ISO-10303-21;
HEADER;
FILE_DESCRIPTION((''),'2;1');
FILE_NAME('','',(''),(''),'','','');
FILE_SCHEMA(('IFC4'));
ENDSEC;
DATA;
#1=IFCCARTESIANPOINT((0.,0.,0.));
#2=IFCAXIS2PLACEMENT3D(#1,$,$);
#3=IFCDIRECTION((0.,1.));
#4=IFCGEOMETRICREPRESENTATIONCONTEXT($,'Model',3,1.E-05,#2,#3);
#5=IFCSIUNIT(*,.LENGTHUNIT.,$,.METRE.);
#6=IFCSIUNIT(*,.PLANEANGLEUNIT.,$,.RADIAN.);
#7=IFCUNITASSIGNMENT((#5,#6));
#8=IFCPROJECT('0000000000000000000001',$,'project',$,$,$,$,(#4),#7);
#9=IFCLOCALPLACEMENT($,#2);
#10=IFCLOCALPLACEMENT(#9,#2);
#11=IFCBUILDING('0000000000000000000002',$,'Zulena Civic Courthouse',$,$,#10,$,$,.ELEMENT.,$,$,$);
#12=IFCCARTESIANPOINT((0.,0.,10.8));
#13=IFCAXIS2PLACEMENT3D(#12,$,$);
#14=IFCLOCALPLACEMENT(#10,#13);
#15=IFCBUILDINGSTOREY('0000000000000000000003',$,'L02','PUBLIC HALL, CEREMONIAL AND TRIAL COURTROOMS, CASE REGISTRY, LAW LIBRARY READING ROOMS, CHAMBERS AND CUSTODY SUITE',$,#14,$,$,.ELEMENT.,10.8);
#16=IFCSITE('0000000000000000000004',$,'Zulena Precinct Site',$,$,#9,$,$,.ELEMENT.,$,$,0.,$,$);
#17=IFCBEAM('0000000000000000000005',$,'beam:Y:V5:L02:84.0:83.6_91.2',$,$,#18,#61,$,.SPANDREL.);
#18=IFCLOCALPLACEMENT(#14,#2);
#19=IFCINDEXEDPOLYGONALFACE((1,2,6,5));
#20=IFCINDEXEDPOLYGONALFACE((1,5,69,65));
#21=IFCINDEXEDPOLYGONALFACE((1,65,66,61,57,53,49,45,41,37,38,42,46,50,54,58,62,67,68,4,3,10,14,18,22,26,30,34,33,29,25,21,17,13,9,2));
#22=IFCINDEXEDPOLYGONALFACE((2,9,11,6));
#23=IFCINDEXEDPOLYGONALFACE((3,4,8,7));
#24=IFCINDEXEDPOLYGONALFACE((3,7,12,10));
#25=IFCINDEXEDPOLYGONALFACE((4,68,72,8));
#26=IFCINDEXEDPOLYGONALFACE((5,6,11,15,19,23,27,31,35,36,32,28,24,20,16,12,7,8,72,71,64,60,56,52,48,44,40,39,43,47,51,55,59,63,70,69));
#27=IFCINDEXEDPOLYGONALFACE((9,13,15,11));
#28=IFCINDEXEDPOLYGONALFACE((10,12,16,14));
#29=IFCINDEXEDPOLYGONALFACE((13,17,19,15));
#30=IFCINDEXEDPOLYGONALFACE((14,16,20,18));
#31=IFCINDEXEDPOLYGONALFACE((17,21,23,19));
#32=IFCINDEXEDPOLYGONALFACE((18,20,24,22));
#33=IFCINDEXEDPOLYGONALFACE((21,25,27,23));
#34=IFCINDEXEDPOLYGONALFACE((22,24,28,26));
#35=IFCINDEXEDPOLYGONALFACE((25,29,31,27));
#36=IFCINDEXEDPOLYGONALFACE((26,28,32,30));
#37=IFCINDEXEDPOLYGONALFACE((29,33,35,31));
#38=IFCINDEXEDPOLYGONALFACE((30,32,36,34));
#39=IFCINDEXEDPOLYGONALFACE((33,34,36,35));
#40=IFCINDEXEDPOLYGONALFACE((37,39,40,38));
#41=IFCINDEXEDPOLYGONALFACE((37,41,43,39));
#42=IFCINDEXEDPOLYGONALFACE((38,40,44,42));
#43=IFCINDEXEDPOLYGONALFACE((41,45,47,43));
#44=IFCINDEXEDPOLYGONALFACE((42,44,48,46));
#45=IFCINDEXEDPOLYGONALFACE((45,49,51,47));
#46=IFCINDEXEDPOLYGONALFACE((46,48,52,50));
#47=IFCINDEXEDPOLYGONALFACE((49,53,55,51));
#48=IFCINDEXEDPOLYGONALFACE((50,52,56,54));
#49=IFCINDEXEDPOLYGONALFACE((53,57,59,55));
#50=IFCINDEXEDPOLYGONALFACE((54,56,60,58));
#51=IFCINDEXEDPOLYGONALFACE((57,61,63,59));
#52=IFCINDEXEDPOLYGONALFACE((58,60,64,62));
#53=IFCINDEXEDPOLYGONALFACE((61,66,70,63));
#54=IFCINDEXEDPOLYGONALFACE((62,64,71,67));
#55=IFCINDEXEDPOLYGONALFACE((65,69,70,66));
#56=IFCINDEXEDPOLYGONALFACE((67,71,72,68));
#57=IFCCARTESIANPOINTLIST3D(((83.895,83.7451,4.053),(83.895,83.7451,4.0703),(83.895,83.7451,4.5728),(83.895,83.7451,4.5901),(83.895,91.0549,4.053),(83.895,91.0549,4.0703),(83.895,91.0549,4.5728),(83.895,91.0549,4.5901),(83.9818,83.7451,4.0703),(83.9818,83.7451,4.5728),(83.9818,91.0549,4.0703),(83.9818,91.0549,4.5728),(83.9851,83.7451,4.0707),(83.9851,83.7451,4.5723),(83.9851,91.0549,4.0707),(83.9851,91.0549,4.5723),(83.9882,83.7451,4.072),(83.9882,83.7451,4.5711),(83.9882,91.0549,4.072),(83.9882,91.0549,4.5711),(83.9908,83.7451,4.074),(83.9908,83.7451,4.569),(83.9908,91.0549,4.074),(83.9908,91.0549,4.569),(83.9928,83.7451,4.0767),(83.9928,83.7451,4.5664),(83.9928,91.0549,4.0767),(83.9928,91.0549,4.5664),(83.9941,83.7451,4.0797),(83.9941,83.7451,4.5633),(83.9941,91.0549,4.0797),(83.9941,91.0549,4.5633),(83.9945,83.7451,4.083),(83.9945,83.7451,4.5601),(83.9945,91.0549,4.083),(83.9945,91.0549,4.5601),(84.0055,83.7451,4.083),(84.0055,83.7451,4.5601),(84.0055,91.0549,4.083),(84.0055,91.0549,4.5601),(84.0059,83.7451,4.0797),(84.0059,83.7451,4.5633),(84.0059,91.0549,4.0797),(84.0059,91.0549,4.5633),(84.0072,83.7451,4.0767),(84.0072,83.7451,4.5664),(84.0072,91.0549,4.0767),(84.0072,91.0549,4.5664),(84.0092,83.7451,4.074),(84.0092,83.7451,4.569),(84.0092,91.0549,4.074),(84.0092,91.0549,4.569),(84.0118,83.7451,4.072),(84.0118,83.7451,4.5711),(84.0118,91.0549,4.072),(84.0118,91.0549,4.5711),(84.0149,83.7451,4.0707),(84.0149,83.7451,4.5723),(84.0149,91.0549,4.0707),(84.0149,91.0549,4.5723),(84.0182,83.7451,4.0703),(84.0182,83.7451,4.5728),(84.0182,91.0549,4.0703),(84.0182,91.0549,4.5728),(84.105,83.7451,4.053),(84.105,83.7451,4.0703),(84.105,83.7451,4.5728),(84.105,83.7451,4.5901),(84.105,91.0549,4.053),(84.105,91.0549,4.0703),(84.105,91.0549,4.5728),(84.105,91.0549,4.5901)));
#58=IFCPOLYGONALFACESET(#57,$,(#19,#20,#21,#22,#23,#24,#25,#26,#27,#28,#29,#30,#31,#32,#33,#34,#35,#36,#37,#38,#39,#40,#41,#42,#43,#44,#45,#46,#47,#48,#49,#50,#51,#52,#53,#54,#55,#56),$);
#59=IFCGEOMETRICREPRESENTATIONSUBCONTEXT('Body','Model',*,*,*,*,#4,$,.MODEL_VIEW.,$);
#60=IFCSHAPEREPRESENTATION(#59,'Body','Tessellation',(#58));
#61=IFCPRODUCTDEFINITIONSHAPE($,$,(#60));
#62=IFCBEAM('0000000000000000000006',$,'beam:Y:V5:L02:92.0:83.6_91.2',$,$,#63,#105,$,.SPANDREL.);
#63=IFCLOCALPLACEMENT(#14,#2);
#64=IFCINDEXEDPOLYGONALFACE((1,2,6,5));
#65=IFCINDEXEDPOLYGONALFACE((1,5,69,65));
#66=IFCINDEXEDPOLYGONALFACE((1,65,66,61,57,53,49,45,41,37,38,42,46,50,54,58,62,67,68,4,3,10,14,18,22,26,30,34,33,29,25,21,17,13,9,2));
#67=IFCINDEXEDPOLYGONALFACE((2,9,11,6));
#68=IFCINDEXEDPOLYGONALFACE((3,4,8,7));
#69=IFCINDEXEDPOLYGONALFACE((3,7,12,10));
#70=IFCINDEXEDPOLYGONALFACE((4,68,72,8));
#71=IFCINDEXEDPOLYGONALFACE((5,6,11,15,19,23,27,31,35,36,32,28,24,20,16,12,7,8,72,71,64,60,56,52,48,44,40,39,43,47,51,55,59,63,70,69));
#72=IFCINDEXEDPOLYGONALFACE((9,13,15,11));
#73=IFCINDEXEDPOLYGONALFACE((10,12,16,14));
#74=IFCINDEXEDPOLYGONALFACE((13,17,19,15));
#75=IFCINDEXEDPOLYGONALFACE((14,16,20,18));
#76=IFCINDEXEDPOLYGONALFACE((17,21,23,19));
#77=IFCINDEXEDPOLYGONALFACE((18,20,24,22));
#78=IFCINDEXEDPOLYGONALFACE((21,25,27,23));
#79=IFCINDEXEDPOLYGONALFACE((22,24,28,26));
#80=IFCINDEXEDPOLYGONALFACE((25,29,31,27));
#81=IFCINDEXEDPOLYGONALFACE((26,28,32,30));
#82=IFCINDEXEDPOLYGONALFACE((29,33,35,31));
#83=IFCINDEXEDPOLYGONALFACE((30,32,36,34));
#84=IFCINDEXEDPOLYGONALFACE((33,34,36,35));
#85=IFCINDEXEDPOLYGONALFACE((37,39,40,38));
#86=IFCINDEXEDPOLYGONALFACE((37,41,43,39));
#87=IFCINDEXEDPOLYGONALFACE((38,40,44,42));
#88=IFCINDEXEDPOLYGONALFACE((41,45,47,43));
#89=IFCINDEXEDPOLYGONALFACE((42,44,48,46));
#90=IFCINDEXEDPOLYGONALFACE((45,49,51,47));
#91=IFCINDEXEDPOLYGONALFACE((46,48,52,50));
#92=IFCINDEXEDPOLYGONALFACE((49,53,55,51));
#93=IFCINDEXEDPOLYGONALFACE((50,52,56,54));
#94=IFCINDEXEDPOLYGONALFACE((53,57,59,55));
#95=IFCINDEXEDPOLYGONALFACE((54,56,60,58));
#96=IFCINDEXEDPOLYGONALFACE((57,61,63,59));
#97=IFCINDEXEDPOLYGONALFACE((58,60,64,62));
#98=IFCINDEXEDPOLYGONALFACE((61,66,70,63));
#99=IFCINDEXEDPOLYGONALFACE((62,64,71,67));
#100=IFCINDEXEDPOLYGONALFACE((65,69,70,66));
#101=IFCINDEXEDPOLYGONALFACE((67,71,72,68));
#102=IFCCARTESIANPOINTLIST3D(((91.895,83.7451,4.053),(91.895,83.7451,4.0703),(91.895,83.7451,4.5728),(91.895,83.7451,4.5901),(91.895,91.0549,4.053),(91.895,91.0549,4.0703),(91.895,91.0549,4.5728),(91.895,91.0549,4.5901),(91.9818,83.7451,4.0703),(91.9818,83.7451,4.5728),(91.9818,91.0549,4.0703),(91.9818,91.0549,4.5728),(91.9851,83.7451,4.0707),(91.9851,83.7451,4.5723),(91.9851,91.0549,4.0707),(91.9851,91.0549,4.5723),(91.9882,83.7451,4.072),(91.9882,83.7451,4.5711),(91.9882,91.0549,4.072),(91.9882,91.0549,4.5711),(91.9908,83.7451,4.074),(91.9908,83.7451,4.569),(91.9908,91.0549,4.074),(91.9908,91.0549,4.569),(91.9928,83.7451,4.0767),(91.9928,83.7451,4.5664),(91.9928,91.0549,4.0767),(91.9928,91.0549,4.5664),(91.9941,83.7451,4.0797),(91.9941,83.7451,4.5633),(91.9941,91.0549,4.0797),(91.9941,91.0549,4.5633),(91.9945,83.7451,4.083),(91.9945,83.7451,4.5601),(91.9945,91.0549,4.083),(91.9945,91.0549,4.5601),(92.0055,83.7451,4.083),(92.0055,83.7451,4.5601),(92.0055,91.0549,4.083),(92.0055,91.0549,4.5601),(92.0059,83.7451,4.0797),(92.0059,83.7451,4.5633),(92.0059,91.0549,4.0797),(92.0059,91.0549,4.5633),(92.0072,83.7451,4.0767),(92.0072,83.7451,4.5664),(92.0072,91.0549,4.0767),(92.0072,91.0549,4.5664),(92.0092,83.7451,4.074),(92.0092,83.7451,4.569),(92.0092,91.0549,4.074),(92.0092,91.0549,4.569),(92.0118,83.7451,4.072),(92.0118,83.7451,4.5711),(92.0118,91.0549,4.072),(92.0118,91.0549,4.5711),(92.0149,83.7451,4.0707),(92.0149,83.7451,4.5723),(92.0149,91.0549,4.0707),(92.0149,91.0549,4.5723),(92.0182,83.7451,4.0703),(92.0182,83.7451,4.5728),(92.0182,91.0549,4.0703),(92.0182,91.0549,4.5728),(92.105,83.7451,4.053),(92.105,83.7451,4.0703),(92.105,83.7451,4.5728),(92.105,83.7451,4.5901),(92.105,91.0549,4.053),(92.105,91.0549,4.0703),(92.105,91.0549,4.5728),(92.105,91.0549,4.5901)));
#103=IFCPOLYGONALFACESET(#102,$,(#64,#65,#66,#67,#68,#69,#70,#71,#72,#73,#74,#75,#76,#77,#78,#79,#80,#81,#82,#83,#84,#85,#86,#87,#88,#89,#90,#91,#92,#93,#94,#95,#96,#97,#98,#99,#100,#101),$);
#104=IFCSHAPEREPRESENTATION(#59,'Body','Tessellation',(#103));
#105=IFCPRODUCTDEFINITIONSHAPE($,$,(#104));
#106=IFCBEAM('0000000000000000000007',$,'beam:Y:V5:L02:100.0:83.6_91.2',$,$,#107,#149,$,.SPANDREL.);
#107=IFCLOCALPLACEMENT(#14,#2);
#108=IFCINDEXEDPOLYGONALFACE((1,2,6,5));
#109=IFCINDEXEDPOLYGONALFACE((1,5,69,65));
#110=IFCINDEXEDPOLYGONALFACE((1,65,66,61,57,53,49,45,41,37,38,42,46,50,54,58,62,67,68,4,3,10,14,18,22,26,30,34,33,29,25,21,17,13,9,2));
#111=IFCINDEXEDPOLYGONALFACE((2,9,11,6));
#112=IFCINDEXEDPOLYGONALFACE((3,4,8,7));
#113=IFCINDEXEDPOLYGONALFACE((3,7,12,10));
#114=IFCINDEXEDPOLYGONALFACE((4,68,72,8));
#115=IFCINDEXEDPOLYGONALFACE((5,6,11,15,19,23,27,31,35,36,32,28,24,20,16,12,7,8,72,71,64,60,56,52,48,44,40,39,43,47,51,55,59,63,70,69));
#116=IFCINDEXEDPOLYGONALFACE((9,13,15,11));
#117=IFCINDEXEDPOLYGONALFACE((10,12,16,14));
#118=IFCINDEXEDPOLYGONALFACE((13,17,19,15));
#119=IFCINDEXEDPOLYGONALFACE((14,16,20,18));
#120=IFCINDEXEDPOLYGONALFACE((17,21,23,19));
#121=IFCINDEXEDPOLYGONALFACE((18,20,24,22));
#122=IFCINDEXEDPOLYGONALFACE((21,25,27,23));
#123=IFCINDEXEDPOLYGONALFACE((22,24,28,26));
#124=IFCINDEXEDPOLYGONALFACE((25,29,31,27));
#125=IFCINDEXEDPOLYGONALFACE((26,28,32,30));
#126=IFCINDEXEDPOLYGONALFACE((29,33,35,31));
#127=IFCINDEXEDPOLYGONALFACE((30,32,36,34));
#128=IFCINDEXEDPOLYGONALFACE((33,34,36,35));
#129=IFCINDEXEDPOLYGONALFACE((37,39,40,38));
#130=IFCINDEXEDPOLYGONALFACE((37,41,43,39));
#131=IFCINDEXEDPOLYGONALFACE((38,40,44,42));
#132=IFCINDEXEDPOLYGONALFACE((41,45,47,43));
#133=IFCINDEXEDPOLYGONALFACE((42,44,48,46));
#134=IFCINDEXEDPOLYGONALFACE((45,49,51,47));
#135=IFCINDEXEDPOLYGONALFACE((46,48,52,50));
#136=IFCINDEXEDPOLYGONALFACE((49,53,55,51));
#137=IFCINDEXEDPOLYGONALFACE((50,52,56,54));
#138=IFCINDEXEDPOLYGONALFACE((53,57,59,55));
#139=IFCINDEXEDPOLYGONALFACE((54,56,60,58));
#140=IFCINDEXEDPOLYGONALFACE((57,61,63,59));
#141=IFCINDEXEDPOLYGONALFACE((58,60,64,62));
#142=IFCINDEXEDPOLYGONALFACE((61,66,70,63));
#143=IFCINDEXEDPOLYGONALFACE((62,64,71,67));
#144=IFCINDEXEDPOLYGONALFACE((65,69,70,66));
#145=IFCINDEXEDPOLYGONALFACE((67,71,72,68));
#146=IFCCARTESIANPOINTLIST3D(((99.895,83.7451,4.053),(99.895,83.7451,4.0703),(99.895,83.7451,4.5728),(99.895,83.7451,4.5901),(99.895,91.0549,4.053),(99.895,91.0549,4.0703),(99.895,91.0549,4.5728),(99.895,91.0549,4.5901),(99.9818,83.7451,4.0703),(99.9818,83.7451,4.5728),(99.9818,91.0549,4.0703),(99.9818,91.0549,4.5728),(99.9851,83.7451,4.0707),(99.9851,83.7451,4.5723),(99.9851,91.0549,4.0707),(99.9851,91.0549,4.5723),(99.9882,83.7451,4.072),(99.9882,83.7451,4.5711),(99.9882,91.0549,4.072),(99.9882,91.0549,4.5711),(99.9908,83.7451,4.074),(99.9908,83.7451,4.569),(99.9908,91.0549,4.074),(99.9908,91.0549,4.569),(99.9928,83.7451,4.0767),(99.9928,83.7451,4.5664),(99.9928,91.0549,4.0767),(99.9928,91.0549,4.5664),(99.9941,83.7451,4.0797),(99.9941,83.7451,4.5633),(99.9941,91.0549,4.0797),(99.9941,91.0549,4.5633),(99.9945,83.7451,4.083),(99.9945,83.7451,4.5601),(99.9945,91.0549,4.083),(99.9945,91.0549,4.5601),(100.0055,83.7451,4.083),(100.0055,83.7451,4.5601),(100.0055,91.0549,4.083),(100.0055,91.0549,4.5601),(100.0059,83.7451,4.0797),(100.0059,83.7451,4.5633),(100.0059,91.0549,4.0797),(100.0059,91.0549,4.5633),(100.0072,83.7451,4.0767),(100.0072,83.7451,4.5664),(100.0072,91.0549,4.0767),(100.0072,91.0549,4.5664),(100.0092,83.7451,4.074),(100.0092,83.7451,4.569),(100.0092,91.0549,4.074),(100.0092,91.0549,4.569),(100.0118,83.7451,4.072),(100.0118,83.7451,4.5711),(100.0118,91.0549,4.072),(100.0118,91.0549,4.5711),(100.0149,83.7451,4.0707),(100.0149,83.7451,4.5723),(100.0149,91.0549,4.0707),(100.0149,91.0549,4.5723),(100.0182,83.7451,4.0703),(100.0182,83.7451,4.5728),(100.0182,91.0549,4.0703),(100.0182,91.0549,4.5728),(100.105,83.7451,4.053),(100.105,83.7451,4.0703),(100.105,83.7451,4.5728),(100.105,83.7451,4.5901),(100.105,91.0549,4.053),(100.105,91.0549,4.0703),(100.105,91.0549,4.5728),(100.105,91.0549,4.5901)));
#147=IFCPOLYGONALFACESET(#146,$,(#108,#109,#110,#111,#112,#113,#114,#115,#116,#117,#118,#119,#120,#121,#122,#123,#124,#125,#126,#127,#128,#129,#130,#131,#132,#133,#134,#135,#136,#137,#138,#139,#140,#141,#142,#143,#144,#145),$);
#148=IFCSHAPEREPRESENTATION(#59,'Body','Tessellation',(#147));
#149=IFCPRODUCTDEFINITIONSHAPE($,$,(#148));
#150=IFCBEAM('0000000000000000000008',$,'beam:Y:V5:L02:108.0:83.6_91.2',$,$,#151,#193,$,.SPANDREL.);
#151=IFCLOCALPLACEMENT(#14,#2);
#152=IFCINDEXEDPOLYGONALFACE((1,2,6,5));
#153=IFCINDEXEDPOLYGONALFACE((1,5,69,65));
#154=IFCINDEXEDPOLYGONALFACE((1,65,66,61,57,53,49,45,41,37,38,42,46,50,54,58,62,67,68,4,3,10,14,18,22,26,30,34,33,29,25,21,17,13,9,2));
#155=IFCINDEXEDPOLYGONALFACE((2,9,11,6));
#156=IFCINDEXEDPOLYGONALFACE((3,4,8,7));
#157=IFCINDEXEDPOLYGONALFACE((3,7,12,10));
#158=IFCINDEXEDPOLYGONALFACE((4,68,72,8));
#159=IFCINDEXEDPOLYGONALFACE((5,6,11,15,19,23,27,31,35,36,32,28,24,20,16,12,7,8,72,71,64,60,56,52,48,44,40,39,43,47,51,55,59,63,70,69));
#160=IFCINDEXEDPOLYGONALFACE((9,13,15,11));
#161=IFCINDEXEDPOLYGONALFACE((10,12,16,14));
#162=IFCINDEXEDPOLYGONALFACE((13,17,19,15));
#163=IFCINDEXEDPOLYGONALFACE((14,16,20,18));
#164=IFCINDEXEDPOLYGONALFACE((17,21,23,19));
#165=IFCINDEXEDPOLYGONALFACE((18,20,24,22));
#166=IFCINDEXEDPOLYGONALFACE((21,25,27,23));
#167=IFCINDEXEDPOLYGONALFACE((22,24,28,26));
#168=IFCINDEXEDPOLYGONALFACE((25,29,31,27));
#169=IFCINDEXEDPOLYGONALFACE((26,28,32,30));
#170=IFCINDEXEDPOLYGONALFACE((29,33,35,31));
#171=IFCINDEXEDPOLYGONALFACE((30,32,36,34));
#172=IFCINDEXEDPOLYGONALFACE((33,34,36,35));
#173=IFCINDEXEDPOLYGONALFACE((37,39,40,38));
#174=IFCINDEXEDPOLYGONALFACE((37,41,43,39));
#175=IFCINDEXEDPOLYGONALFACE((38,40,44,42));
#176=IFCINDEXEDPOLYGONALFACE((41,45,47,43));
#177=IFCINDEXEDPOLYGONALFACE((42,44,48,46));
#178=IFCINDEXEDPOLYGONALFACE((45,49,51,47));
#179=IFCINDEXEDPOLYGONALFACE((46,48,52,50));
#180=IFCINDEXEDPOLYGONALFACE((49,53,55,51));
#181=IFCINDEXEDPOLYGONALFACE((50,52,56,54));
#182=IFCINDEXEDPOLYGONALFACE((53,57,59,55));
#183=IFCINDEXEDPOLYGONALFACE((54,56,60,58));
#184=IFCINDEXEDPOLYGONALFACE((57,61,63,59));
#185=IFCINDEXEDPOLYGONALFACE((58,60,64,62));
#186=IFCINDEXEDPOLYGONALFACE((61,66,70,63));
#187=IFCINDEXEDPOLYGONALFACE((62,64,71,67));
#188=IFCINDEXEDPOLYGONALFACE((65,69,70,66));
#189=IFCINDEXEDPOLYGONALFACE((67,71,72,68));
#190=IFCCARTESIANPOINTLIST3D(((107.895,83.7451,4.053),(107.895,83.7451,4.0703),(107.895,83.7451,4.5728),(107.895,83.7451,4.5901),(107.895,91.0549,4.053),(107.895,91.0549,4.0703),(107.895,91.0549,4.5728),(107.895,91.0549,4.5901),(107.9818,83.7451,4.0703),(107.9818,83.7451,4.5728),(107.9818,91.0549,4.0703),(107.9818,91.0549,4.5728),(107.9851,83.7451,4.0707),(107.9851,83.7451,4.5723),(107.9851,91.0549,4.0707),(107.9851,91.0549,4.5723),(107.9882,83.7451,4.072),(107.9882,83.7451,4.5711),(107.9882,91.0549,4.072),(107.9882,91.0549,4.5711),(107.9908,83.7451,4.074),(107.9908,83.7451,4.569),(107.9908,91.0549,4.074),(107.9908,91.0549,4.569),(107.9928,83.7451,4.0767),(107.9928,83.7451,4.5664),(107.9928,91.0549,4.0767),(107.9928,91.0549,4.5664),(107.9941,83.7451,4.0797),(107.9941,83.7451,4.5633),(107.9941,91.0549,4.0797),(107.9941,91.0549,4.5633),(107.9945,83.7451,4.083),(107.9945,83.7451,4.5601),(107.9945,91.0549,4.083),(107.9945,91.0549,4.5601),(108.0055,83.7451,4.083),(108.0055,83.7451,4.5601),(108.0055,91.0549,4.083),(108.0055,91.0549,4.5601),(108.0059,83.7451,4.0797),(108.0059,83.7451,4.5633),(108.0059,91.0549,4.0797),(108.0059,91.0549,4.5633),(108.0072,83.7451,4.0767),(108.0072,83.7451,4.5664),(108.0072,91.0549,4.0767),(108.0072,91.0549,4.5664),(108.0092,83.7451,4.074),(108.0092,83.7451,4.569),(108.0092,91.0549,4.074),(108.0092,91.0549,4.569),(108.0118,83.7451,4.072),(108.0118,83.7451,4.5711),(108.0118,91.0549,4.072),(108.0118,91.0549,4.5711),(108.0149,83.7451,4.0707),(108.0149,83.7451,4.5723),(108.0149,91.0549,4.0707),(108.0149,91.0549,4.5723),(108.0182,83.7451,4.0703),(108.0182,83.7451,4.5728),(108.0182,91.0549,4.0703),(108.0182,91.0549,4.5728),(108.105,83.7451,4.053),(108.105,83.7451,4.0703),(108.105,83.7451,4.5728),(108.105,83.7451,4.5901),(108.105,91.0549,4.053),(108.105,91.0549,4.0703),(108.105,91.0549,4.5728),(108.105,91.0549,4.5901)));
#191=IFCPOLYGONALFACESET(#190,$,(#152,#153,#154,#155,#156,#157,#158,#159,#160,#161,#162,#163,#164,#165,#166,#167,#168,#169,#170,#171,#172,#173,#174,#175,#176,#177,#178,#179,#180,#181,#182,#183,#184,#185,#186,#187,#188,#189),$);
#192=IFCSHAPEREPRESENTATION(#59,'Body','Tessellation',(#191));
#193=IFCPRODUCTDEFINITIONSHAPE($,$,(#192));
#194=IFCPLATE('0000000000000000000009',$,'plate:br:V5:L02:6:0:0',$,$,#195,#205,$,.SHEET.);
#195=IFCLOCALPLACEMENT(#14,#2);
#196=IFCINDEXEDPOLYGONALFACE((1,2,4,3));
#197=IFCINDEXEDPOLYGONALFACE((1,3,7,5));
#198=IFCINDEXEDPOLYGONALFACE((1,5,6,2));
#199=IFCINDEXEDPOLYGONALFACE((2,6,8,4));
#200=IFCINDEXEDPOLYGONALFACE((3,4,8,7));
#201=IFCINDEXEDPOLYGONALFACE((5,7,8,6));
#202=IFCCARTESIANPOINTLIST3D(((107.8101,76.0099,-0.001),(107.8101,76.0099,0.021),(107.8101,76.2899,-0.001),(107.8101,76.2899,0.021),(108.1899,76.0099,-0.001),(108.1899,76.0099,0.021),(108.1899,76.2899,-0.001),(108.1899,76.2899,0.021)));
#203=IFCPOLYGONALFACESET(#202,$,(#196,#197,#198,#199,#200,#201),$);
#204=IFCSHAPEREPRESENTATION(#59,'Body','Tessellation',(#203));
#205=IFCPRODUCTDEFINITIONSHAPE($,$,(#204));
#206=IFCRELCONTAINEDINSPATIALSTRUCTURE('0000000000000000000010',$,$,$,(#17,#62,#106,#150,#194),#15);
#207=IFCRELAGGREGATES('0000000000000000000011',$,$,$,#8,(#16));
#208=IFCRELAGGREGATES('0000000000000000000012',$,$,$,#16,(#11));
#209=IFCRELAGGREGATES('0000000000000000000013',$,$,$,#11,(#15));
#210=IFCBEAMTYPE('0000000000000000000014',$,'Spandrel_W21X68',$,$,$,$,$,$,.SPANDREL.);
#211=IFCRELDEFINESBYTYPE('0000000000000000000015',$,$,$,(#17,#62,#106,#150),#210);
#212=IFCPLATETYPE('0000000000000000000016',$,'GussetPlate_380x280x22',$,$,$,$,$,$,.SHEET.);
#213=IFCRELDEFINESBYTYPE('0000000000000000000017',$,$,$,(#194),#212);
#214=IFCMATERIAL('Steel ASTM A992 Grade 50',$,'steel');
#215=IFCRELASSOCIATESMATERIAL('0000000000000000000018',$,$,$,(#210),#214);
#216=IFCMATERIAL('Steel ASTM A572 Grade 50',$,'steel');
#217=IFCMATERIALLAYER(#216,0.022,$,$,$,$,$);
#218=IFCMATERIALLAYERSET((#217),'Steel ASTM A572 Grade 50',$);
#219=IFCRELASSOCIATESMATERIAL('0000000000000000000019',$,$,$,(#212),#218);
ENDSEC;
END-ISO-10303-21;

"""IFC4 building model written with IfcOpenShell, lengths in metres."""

from ifc_helpers import new_model, si_unit, direction, frame, origin, origin_2d, place, context, subcontext, project, spatial, rectangle, i_section, extrude, material, layer, layer_set, material_profile, profile_set, type_object, element, save


model = new_model("IFC4")

# Units and contexts
model_context = context("Model", 3, precision=1e-05, world=origin(), true_north=direction((0.0, 1.0)))
body_context = subcontext(model_context, "Body", "Model", "MODEL_VIEW")
ifc_project = project(units=[si_unit("LENGTHUNIT", "METRE"), si_unit("PLANEANGLEUNIT", "RADIAN")], contexts=[model_context])

# Site, building, storey
site_placement = place(None, origin())
site = spatial("IfcSite", under=ifc_project, at=site_placement, Name="Zulena Precinct Site", CompositionType="ELEMENT", RefElevation=0.0)
building_placement = place(site_placement, origin())
building = spatial("IfcBuilding", under=site, at=building_placement, Name="Zulena Civic Courthouse", CompositionType="ELEMENT")
storey_placement = place(building_placement, frame((0.0, 0.0, 10.8)))
storey = spatial("IfcBuildingStorey", under=building, at=storey_placement, Name="L02", Description="PUBLIC HALL, CEREMONIAL AND TRIAL COURTROOMS, CASE REGISTRY, LAW LIBRARY READING ROOMS, CHAMBERS AND CUSTODY SUITE", CompositionType="ELEMENT", Elevation=10.8)

# Shared definitions
ifc_material_1 = material(Name="Steel ASTM A992 Grade 50", Category="steel")

# Beams
ifc_material_profile_1 = material_profile(ifc_material_1, i_section(OverallWidth=0.21, OverallDepth=0.5371, WebThickness=0.011, FlangeThickness=0.0173, FilletRadius=0.0127, at=origin_2d()), Name="W21X68")
ifc_profile_set_1 = profile_set([ifc_material_profile_1], Name="Steel ASTM A992 Grade 50")
beam_type_1 = type_object("IfcBeamType", Name="Spandrel_W21X68", PredefinedType="SPANDREL", material=ifc_profile_set_1)
for number, where, z_axis, x_axis, name in (
    (1, (84.0, 83.7451, 4.3215), (0.0, 1.0, 0.0), (-1.0, 0.0, 0.0), "beam:Y:V5:L02:84.0:83.6_91.2"),
    (2, (92.0, 83.7451, 4.3215), (0.0, 1.0, 0.0), (-1.0, 0.0, 0.0), "beam:Y:V5:L02:92.0:83.6_91.2"),
    (3, (100.0, 83.7451, 4.3215), (0.0, 1.0, 0.0), (-1.0, 0.0, 0.0), "beam:Y:V5:L02:100.0:83.6_91.2"),
    (4, (108.0, 83.7451, 4.3215), (0.0, 1.0, 0.0), (-1.0, 0.0, 0.0), "beam:Y:V5:L02:108.0:83.6_91.2"),
):
    element("IfcBeam", number, at=place(storey_placement, frame(where, z_axis=z_axis, x_axis=x_axis)), inside=storey, type_object=beam_type_1, Name=name, PredefinedType="SPANDREL", context=body_context, shape_type="SweptSolid", body=[
        extrude(i_section(OverallWidth=0.21, OverallDepth=0.5371, WebThickness=0.011, FlangeThickness=0.0173, FilletRadius=0.0127, at=origin_2d()), origin(), (0.0, 0.0, 1.0), 7.3098),
    ])

# Plate
ifc_material_2 = material(Name="Steel ASTM A572 Grade 50", Category="steel")
ifc_layer_1 = layer(ifc_material_2, 0.022)
ifc_layer_set_1 = layer_set([ifc_layer_1], Name="Steel ASTM A572 Grade 50")
plate_type = type_object("IfcPlateType", Name="GussetPlate_380x280x22", PredefinedType="SHEET", material=ifc_layer_set_1)
for number, where, z_axis, x_axis, name in (
    (5, (108.0, 76.1499, -0.001), (0.0, 0.0, 1.0), (1.0, 0.0, 0.0), "plate:br:V5:L02:6:0:0"),
):
    element("IfcPlate", number, at=place(storey_placement, frame(where, z_axis=z_axis, x_axis=x_axis)), inside=storey, type_object=plate_type, Name=name, PredefinedType="SHEET", context=body_context, shape_type="SweptSolid", body=[
        extrude(rectangle(XDim=0.3799, YDim=0.28, at=origin_2d()), origin(), (0.0, 0.0, 1.0), 0.022),
    ])

save(model, "model.ifc")
